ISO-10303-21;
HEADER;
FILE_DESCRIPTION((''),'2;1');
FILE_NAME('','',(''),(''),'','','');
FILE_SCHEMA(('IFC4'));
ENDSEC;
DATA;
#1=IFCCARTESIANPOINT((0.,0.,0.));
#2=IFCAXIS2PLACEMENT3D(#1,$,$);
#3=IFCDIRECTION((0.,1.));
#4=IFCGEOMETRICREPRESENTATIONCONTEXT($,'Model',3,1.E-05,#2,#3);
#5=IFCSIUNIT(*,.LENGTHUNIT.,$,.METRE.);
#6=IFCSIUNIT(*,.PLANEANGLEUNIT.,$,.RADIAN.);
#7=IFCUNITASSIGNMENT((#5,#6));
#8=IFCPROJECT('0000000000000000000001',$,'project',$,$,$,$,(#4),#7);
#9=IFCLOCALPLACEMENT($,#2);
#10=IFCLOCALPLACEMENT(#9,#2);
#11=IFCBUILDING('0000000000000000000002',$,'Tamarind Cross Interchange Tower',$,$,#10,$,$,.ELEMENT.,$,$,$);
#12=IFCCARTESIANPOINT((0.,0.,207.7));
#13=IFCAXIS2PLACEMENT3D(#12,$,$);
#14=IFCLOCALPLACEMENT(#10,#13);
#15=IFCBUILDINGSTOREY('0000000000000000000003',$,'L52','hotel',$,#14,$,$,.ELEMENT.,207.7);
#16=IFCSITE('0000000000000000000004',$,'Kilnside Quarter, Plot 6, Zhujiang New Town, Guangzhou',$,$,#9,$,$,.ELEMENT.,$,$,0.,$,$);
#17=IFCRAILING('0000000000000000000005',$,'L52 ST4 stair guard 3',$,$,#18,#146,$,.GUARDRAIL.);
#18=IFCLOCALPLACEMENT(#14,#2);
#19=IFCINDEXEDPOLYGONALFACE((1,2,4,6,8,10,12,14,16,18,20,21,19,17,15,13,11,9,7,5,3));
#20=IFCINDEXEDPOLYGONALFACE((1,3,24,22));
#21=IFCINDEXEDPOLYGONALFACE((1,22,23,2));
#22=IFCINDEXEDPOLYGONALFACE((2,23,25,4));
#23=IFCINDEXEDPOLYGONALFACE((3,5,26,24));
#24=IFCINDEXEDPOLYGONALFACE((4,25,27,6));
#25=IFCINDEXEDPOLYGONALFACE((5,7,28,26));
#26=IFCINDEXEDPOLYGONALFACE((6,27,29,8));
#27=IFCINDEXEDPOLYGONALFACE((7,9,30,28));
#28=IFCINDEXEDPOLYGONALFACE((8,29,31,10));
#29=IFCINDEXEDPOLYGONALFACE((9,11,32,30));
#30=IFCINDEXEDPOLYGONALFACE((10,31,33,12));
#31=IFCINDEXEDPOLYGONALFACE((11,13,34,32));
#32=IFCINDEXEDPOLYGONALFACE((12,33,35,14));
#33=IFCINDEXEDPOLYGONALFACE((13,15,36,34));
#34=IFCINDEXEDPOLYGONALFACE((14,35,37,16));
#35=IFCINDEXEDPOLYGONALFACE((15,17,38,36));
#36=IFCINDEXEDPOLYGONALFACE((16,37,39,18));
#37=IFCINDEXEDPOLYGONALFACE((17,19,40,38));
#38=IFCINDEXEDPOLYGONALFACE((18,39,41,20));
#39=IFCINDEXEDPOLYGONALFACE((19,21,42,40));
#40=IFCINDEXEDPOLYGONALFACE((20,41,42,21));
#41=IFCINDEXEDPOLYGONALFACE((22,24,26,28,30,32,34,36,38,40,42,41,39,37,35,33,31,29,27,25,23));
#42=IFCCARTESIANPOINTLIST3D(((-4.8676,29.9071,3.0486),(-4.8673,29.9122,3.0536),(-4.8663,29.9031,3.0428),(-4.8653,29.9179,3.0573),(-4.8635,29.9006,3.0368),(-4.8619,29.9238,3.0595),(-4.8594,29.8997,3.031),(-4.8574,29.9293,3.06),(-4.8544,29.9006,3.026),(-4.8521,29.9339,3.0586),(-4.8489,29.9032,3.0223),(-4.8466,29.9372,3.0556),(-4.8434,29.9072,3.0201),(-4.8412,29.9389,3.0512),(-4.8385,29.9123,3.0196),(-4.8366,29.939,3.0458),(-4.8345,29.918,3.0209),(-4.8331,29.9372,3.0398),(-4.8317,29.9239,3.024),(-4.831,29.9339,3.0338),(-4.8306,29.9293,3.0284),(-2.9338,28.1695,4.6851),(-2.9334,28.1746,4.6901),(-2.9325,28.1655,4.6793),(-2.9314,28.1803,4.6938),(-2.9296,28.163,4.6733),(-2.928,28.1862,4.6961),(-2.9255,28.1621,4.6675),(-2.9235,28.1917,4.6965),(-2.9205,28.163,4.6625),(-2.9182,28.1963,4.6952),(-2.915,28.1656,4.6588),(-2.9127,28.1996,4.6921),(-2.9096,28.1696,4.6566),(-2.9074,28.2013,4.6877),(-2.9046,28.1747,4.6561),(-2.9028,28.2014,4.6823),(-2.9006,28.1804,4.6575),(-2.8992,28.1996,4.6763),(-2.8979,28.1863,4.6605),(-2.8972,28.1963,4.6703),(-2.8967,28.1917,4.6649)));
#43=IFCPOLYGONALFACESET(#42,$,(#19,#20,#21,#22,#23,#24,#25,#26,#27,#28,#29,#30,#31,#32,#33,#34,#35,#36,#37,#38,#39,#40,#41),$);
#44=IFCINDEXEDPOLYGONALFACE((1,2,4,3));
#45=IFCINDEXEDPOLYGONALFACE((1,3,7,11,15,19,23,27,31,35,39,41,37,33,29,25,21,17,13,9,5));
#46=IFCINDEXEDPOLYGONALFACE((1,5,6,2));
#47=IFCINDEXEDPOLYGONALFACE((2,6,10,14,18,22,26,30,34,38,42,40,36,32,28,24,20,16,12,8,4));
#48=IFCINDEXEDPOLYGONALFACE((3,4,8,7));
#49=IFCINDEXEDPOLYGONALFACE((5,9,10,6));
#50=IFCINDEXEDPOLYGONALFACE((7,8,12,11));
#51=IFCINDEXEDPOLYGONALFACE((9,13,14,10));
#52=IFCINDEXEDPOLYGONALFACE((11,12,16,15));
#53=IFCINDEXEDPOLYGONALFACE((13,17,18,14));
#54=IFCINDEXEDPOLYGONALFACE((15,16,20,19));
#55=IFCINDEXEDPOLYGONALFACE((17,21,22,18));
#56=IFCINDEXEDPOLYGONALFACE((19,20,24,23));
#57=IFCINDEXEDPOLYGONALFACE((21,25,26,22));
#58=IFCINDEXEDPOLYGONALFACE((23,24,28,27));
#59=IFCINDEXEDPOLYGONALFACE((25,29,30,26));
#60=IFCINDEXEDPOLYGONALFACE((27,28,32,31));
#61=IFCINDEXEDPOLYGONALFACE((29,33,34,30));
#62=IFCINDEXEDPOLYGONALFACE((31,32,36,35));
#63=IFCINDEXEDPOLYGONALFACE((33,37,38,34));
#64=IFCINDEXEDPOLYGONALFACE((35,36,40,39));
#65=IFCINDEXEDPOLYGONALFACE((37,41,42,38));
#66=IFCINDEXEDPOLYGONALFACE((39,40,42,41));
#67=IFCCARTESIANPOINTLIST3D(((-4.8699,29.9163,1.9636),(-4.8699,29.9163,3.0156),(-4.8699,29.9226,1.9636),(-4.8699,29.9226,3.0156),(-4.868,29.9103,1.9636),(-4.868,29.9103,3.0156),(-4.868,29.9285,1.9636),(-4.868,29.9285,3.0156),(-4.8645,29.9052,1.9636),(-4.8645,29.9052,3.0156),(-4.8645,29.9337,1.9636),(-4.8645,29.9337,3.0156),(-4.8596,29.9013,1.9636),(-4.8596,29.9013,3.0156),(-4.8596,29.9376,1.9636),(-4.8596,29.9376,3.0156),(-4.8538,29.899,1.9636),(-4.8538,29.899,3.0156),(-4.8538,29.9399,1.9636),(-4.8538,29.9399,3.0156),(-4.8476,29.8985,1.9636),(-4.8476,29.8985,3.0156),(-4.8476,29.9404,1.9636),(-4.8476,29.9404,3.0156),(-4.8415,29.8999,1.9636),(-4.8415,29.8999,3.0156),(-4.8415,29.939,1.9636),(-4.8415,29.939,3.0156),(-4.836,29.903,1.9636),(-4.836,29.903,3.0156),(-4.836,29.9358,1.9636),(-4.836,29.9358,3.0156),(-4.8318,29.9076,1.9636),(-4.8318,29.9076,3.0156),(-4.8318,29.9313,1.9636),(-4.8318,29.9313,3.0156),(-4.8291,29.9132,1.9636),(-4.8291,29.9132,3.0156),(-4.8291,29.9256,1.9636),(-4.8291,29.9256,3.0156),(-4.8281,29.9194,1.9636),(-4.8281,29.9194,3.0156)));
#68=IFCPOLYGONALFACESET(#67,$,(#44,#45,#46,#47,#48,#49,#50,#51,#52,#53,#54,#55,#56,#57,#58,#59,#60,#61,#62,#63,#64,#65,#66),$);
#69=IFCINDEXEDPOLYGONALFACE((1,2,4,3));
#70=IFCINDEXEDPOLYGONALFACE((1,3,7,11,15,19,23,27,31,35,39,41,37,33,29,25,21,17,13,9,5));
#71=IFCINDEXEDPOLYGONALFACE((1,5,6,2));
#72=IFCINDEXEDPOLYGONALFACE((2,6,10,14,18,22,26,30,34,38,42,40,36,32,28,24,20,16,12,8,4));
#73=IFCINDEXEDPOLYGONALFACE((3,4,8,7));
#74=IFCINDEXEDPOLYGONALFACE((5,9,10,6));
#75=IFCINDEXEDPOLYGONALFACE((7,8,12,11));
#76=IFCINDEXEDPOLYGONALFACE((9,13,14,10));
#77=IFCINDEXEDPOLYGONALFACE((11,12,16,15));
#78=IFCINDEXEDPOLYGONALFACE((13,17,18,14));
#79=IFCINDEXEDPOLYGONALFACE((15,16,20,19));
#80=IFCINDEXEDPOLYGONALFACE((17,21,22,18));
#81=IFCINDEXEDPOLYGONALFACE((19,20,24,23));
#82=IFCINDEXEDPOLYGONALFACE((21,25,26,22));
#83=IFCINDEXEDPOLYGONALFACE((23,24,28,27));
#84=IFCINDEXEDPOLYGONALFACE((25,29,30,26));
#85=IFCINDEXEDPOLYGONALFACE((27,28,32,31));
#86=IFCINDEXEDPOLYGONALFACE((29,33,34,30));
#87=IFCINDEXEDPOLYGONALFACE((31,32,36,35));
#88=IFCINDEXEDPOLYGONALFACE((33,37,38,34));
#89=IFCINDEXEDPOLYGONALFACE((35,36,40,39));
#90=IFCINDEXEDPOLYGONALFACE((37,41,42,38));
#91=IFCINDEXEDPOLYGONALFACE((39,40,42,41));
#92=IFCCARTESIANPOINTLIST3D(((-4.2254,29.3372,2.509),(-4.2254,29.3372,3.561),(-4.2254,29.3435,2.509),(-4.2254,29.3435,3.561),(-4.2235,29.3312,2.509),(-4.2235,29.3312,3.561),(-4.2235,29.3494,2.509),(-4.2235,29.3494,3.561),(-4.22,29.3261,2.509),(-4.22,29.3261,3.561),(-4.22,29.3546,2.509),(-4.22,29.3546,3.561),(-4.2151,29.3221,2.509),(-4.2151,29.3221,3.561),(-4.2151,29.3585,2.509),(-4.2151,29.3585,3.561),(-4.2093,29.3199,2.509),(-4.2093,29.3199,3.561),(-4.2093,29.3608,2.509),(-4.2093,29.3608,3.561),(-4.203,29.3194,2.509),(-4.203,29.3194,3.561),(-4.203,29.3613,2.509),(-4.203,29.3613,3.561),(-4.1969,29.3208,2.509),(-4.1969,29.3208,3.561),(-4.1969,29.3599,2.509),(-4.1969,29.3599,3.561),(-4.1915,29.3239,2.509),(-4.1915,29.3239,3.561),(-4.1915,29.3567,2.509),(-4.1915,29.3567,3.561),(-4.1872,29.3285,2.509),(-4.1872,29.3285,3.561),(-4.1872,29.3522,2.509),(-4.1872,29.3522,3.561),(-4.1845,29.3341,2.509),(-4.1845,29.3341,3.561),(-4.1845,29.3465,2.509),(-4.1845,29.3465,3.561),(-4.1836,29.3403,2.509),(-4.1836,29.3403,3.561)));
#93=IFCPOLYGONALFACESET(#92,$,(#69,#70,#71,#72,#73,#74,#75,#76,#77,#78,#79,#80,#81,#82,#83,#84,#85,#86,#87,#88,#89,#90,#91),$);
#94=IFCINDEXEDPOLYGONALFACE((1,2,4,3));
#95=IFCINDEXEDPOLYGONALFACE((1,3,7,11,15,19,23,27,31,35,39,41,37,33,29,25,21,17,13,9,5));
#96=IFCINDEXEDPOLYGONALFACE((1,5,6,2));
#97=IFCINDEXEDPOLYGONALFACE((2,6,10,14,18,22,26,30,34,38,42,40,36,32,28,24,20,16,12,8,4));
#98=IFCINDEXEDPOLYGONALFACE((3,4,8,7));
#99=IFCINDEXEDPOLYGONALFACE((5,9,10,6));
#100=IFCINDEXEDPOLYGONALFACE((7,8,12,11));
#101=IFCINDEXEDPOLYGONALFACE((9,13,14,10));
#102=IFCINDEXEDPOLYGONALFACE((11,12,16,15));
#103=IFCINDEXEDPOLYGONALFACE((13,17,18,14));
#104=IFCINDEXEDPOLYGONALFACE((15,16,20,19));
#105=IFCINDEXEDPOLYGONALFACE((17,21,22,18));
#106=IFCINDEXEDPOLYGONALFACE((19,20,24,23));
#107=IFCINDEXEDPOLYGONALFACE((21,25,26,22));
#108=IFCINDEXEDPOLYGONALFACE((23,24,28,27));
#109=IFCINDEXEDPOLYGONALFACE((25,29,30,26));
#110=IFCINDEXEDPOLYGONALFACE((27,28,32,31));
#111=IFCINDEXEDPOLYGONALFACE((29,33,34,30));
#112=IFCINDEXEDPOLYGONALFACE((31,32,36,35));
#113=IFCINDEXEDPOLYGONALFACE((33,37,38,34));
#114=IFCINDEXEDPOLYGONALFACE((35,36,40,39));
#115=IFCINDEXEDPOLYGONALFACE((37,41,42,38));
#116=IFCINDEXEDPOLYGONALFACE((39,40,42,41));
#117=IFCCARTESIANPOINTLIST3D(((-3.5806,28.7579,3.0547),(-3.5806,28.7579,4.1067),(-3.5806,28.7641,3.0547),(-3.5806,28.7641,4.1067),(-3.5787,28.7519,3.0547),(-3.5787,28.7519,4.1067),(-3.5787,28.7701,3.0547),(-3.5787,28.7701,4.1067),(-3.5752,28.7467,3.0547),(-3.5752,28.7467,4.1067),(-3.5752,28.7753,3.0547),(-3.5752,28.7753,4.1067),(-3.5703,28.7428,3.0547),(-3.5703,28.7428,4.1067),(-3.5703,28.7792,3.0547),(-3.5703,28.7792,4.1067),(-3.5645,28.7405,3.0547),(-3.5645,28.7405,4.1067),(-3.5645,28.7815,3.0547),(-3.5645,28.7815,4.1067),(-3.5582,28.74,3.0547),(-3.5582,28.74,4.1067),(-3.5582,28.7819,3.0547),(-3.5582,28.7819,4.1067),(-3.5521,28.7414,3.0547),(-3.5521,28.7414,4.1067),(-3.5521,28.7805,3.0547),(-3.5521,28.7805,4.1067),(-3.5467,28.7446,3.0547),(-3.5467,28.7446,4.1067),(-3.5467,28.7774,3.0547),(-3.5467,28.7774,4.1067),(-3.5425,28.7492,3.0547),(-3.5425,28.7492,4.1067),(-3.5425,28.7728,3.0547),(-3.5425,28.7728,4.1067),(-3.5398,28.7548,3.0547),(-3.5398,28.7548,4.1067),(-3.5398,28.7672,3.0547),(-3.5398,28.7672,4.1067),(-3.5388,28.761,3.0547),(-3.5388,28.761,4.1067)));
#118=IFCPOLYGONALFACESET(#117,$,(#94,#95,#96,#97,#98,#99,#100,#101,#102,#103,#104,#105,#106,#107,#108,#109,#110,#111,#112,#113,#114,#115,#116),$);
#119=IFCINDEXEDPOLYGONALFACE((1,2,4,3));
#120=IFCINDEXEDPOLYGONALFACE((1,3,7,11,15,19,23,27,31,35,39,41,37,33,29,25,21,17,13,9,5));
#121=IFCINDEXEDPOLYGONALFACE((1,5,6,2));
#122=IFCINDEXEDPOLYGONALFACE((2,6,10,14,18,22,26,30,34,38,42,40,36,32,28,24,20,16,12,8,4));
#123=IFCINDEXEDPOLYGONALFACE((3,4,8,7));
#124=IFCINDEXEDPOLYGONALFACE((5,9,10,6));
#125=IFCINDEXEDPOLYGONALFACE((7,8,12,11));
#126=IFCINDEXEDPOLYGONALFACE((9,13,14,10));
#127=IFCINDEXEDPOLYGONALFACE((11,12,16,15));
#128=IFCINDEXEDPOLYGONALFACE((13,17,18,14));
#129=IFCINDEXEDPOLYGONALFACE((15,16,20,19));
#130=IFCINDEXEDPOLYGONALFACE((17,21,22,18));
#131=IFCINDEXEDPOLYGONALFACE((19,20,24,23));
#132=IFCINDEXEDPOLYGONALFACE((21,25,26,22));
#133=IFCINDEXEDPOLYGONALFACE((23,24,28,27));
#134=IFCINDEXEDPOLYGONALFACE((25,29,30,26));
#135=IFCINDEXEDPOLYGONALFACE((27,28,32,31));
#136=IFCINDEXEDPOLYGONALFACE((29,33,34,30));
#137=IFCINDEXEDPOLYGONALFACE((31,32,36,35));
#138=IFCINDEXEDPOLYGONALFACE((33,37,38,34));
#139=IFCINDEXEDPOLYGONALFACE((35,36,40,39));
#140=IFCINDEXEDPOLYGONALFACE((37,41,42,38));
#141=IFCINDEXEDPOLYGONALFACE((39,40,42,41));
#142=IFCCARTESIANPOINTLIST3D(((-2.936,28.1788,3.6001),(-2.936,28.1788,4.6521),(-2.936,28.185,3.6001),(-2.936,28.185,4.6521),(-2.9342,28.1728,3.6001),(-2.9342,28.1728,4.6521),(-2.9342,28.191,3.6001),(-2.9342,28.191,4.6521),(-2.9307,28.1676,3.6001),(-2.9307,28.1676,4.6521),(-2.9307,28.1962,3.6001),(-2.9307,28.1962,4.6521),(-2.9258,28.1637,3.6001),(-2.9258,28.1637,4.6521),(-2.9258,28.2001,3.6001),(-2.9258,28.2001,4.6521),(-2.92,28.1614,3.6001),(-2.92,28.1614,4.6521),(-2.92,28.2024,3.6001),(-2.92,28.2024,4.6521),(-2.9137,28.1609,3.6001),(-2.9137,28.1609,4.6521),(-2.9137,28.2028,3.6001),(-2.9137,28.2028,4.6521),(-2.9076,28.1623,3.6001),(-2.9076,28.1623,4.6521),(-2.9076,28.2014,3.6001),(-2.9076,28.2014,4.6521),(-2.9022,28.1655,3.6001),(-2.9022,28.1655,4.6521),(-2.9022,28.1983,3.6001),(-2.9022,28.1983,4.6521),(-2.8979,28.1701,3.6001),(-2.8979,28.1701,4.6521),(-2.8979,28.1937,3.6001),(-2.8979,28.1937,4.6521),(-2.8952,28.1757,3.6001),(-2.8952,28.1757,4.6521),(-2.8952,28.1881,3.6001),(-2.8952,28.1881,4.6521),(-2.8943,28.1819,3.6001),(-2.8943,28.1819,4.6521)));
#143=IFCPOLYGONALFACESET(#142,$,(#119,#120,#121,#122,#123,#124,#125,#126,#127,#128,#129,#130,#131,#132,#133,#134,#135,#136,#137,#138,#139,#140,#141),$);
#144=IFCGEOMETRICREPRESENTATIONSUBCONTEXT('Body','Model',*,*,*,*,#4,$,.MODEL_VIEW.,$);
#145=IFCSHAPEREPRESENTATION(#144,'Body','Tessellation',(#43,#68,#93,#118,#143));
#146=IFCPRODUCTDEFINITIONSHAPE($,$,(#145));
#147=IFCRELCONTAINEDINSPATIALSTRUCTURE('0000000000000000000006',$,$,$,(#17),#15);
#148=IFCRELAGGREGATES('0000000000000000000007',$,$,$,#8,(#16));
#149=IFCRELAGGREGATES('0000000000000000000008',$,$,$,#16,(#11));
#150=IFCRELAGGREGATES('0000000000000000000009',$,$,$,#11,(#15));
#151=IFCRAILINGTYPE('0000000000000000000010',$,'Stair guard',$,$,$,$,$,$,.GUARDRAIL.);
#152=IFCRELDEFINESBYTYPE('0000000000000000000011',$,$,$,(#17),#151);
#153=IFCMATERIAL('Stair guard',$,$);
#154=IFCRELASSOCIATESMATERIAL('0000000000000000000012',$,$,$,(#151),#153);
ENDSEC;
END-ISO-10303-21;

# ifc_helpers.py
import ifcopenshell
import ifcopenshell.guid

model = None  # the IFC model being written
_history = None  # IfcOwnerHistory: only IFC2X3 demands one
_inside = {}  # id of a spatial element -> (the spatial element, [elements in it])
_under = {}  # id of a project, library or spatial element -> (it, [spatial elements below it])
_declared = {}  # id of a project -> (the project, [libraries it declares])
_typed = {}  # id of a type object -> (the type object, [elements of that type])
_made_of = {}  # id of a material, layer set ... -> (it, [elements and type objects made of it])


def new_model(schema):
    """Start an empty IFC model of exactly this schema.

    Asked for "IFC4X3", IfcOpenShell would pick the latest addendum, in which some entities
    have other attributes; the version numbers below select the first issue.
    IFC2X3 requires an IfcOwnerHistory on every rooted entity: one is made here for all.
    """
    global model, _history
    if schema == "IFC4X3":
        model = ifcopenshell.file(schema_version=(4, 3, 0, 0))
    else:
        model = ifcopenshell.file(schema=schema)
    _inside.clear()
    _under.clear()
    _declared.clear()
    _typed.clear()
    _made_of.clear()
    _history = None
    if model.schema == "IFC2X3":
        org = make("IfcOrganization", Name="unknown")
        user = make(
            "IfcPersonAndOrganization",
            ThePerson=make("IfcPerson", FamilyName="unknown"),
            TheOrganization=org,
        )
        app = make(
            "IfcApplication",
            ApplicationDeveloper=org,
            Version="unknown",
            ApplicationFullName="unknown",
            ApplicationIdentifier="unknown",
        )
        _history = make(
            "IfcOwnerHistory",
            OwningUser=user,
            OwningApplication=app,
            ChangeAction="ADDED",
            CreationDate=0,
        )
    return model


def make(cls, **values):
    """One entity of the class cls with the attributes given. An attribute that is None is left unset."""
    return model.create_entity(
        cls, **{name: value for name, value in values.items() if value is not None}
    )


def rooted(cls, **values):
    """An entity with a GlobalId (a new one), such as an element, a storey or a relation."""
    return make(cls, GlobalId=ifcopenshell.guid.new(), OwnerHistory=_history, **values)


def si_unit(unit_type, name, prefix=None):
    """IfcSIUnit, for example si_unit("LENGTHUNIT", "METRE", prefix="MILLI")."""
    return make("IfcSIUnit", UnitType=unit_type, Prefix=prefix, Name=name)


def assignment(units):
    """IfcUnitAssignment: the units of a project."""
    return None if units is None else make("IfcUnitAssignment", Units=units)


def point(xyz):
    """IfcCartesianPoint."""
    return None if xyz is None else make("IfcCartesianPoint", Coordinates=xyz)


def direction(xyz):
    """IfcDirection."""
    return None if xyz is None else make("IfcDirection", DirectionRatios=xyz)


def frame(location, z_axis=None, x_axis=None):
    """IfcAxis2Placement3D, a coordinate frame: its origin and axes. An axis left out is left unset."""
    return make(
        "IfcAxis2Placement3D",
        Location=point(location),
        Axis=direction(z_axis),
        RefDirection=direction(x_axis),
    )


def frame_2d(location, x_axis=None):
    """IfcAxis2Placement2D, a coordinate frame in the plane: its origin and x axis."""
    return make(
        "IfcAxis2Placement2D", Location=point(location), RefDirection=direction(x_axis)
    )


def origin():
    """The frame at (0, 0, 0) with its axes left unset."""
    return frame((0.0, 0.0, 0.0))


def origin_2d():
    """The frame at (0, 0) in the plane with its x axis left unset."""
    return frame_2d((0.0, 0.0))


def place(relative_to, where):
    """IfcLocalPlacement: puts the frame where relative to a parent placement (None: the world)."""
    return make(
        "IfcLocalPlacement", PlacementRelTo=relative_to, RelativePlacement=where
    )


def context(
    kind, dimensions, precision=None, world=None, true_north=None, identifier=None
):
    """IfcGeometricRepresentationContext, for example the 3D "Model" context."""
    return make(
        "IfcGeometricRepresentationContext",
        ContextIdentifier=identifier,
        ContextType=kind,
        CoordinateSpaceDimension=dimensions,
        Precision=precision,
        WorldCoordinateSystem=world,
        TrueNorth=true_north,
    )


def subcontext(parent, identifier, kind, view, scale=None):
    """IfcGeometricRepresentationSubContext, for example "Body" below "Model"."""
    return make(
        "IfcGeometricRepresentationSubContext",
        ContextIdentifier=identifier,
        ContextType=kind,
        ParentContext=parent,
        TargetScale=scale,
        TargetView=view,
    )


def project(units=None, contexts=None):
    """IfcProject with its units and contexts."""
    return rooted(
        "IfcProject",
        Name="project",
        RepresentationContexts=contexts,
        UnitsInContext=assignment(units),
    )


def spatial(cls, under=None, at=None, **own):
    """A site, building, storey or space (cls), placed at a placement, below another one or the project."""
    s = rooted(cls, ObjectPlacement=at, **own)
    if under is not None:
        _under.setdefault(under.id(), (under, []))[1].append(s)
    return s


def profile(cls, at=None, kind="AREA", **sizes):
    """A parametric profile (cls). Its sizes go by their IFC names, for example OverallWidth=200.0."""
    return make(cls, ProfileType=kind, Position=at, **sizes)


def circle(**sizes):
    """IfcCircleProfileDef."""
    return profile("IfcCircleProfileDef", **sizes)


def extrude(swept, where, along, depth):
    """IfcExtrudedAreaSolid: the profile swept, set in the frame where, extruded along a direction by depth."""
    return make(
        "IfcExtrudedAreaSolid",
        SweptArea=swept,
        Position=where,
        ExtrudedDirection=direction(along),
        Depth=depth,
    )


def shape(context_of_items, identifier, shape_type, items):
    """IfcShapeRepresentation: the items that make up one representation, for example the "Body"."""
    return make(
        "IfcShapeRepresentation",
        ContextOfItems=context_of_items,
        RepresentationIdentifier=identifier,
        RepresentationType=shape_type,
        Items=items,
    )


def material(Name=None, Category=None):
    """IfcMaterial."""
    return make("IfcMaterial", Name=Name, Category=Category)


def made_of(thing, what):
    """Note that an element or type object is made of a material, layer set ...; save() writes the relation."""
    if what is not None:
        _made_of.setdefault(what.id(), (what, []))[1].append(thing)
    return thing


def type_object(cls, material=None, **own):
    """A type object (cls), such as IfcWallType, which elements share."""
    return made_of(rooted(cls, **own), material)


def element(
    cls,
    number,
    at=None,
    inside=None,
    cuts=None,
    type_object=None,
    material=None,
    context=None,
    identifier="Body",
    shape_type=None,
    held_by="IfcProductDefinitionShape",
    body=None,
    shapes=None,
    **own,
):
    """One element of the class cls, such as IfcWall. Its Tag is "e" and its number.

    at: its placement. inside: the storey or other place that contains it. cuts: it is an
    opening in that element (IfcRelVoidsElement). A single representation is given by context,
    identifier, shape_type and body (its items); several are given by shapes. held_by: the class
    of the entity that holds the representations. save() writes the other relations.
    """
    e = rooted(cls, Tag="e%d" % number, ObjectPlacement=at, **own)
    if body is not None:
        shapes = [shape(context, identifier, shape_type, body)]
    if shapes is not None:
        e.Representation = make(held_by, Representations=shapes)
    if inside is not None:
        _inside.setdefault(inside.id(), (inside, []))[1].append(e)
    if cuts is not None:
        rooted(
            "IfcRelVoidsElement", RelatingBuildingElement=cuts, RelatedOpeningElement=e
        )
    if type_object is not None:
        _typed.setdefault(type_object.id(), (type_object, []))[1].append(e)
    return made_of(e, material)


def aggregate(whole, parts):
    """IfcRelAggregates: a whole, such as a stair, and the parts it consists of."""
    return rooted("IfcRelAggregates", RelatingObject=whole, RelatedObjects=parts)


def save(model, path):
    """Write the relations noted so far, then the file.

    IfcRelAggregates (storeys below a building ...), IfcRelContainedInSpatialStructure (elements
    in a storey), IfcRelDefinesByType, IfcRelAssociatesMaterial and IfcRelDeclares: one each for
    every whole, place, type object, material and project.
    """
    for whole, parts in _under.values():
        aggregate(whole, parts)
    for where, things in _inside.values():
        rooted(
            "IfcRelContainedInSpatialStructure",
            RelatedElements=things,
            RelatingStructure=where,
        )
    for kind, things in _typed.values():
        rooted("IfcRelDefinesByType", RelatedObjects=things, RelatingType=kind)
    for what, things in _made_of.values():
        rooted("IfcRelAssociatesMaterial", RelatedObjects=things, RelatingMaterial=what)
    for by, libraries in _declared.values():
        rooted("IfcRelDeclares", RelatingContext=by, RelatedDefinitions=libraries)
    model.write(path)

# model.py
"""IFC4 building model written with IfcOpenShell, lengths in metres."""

from ifc_helpers import new_model, si_unit, direction, frame, origin, origin_2d, place, context, subcontext, project, spatial, circle, extrude, material, type_object, element, save


model = new_model("IFC4")

# Units and contexts
model_context = context("Model", 3, precision=1e-05, world=origin(), true_north=direction((0.0, 1.0)))
body_context = subcontext(model_context, "Body", "Model", "MODEL_VIEW")
ifc_project = project(units=[si_unit("LENGTHUNIT", "METRE"), si_unit("PLANEANGLEUNIT", "RADIAN")], contexts=[model_context])

# Site, building, storey
site_placement = place(None, origin())
site = spatial("IfcSite", under=ifc_project, at=site_placement, Name="Kilnside Quarter, Plot 6, Zhujiang New Town, Guangzhou", CompositionType="ELEMENT", RefElevation=0.0)
building_placement = place(site_placement, origin())
building = spatial("IfcBuilding", under=site, at=building_placement, Name="Tamarind Cross Interchange Tower", CompositionType="ELEMENT")
storey_placement = place(building_placement, frame((0.0, 0.0, 207.7)))
storey = spatial("IfcBuildingStorey", under=building, at=storey_placement, Name="L52", Description="hotel", CompositionType="ELEMENT", Elevation=207.7)

# Railing
ifc_material_1 = material(Name="Stair guard")
railing_type_1 = type_object("IfcRailingType", Name="Stair guard", PredefinedType="GUARDRAIL", material=ifc_material_1)
railing_1_placement = place(storey_placement, frame((-4.8491, 29.9194, 1.9636)))
element("IfcRailing", 1, at=railing_1_placement, inside=storey, type_object=railing_type_1, Name="L52 ST4 stair guard 3", PredefinedType="GUARDRAIL", context=body_context, shape_type="SweptSolid", body=[
    extrude(circle(Radius=0.0239, at=origin_2d()), frame((0.0, 0.0, 1.0762), z_axis=(0.629516, -0.565618, 0.532716), x_axis=(0.668347, 0.74385, 0.0)), (0.0, 0.0, 1.0), 3.072),
    extrude(circle(Radius=0.021, at=origin_2d()), origin(), (0.0, 0.0, 1.0), 1.052),
    extrude(circle(Radius=0.021, at=origin_2d()), frame((0.6445, -0.5791, 0.5454)), (0.0, 0.0, 1.0), 1.052),
    extrude(circle(Radius=0.021, at=origin_2d()), frame((1.2893, -1.1584, 1.0911)), (0.0, 0.0, 1.0), 1.052),
    extrude(circle(Radius=0.021, at=origin_2d()), frame((1.9338, -1.7375, 1.6365)), (0.0, 0.0, 1.0), 1.052),
])

save(model, "model.ifc")
